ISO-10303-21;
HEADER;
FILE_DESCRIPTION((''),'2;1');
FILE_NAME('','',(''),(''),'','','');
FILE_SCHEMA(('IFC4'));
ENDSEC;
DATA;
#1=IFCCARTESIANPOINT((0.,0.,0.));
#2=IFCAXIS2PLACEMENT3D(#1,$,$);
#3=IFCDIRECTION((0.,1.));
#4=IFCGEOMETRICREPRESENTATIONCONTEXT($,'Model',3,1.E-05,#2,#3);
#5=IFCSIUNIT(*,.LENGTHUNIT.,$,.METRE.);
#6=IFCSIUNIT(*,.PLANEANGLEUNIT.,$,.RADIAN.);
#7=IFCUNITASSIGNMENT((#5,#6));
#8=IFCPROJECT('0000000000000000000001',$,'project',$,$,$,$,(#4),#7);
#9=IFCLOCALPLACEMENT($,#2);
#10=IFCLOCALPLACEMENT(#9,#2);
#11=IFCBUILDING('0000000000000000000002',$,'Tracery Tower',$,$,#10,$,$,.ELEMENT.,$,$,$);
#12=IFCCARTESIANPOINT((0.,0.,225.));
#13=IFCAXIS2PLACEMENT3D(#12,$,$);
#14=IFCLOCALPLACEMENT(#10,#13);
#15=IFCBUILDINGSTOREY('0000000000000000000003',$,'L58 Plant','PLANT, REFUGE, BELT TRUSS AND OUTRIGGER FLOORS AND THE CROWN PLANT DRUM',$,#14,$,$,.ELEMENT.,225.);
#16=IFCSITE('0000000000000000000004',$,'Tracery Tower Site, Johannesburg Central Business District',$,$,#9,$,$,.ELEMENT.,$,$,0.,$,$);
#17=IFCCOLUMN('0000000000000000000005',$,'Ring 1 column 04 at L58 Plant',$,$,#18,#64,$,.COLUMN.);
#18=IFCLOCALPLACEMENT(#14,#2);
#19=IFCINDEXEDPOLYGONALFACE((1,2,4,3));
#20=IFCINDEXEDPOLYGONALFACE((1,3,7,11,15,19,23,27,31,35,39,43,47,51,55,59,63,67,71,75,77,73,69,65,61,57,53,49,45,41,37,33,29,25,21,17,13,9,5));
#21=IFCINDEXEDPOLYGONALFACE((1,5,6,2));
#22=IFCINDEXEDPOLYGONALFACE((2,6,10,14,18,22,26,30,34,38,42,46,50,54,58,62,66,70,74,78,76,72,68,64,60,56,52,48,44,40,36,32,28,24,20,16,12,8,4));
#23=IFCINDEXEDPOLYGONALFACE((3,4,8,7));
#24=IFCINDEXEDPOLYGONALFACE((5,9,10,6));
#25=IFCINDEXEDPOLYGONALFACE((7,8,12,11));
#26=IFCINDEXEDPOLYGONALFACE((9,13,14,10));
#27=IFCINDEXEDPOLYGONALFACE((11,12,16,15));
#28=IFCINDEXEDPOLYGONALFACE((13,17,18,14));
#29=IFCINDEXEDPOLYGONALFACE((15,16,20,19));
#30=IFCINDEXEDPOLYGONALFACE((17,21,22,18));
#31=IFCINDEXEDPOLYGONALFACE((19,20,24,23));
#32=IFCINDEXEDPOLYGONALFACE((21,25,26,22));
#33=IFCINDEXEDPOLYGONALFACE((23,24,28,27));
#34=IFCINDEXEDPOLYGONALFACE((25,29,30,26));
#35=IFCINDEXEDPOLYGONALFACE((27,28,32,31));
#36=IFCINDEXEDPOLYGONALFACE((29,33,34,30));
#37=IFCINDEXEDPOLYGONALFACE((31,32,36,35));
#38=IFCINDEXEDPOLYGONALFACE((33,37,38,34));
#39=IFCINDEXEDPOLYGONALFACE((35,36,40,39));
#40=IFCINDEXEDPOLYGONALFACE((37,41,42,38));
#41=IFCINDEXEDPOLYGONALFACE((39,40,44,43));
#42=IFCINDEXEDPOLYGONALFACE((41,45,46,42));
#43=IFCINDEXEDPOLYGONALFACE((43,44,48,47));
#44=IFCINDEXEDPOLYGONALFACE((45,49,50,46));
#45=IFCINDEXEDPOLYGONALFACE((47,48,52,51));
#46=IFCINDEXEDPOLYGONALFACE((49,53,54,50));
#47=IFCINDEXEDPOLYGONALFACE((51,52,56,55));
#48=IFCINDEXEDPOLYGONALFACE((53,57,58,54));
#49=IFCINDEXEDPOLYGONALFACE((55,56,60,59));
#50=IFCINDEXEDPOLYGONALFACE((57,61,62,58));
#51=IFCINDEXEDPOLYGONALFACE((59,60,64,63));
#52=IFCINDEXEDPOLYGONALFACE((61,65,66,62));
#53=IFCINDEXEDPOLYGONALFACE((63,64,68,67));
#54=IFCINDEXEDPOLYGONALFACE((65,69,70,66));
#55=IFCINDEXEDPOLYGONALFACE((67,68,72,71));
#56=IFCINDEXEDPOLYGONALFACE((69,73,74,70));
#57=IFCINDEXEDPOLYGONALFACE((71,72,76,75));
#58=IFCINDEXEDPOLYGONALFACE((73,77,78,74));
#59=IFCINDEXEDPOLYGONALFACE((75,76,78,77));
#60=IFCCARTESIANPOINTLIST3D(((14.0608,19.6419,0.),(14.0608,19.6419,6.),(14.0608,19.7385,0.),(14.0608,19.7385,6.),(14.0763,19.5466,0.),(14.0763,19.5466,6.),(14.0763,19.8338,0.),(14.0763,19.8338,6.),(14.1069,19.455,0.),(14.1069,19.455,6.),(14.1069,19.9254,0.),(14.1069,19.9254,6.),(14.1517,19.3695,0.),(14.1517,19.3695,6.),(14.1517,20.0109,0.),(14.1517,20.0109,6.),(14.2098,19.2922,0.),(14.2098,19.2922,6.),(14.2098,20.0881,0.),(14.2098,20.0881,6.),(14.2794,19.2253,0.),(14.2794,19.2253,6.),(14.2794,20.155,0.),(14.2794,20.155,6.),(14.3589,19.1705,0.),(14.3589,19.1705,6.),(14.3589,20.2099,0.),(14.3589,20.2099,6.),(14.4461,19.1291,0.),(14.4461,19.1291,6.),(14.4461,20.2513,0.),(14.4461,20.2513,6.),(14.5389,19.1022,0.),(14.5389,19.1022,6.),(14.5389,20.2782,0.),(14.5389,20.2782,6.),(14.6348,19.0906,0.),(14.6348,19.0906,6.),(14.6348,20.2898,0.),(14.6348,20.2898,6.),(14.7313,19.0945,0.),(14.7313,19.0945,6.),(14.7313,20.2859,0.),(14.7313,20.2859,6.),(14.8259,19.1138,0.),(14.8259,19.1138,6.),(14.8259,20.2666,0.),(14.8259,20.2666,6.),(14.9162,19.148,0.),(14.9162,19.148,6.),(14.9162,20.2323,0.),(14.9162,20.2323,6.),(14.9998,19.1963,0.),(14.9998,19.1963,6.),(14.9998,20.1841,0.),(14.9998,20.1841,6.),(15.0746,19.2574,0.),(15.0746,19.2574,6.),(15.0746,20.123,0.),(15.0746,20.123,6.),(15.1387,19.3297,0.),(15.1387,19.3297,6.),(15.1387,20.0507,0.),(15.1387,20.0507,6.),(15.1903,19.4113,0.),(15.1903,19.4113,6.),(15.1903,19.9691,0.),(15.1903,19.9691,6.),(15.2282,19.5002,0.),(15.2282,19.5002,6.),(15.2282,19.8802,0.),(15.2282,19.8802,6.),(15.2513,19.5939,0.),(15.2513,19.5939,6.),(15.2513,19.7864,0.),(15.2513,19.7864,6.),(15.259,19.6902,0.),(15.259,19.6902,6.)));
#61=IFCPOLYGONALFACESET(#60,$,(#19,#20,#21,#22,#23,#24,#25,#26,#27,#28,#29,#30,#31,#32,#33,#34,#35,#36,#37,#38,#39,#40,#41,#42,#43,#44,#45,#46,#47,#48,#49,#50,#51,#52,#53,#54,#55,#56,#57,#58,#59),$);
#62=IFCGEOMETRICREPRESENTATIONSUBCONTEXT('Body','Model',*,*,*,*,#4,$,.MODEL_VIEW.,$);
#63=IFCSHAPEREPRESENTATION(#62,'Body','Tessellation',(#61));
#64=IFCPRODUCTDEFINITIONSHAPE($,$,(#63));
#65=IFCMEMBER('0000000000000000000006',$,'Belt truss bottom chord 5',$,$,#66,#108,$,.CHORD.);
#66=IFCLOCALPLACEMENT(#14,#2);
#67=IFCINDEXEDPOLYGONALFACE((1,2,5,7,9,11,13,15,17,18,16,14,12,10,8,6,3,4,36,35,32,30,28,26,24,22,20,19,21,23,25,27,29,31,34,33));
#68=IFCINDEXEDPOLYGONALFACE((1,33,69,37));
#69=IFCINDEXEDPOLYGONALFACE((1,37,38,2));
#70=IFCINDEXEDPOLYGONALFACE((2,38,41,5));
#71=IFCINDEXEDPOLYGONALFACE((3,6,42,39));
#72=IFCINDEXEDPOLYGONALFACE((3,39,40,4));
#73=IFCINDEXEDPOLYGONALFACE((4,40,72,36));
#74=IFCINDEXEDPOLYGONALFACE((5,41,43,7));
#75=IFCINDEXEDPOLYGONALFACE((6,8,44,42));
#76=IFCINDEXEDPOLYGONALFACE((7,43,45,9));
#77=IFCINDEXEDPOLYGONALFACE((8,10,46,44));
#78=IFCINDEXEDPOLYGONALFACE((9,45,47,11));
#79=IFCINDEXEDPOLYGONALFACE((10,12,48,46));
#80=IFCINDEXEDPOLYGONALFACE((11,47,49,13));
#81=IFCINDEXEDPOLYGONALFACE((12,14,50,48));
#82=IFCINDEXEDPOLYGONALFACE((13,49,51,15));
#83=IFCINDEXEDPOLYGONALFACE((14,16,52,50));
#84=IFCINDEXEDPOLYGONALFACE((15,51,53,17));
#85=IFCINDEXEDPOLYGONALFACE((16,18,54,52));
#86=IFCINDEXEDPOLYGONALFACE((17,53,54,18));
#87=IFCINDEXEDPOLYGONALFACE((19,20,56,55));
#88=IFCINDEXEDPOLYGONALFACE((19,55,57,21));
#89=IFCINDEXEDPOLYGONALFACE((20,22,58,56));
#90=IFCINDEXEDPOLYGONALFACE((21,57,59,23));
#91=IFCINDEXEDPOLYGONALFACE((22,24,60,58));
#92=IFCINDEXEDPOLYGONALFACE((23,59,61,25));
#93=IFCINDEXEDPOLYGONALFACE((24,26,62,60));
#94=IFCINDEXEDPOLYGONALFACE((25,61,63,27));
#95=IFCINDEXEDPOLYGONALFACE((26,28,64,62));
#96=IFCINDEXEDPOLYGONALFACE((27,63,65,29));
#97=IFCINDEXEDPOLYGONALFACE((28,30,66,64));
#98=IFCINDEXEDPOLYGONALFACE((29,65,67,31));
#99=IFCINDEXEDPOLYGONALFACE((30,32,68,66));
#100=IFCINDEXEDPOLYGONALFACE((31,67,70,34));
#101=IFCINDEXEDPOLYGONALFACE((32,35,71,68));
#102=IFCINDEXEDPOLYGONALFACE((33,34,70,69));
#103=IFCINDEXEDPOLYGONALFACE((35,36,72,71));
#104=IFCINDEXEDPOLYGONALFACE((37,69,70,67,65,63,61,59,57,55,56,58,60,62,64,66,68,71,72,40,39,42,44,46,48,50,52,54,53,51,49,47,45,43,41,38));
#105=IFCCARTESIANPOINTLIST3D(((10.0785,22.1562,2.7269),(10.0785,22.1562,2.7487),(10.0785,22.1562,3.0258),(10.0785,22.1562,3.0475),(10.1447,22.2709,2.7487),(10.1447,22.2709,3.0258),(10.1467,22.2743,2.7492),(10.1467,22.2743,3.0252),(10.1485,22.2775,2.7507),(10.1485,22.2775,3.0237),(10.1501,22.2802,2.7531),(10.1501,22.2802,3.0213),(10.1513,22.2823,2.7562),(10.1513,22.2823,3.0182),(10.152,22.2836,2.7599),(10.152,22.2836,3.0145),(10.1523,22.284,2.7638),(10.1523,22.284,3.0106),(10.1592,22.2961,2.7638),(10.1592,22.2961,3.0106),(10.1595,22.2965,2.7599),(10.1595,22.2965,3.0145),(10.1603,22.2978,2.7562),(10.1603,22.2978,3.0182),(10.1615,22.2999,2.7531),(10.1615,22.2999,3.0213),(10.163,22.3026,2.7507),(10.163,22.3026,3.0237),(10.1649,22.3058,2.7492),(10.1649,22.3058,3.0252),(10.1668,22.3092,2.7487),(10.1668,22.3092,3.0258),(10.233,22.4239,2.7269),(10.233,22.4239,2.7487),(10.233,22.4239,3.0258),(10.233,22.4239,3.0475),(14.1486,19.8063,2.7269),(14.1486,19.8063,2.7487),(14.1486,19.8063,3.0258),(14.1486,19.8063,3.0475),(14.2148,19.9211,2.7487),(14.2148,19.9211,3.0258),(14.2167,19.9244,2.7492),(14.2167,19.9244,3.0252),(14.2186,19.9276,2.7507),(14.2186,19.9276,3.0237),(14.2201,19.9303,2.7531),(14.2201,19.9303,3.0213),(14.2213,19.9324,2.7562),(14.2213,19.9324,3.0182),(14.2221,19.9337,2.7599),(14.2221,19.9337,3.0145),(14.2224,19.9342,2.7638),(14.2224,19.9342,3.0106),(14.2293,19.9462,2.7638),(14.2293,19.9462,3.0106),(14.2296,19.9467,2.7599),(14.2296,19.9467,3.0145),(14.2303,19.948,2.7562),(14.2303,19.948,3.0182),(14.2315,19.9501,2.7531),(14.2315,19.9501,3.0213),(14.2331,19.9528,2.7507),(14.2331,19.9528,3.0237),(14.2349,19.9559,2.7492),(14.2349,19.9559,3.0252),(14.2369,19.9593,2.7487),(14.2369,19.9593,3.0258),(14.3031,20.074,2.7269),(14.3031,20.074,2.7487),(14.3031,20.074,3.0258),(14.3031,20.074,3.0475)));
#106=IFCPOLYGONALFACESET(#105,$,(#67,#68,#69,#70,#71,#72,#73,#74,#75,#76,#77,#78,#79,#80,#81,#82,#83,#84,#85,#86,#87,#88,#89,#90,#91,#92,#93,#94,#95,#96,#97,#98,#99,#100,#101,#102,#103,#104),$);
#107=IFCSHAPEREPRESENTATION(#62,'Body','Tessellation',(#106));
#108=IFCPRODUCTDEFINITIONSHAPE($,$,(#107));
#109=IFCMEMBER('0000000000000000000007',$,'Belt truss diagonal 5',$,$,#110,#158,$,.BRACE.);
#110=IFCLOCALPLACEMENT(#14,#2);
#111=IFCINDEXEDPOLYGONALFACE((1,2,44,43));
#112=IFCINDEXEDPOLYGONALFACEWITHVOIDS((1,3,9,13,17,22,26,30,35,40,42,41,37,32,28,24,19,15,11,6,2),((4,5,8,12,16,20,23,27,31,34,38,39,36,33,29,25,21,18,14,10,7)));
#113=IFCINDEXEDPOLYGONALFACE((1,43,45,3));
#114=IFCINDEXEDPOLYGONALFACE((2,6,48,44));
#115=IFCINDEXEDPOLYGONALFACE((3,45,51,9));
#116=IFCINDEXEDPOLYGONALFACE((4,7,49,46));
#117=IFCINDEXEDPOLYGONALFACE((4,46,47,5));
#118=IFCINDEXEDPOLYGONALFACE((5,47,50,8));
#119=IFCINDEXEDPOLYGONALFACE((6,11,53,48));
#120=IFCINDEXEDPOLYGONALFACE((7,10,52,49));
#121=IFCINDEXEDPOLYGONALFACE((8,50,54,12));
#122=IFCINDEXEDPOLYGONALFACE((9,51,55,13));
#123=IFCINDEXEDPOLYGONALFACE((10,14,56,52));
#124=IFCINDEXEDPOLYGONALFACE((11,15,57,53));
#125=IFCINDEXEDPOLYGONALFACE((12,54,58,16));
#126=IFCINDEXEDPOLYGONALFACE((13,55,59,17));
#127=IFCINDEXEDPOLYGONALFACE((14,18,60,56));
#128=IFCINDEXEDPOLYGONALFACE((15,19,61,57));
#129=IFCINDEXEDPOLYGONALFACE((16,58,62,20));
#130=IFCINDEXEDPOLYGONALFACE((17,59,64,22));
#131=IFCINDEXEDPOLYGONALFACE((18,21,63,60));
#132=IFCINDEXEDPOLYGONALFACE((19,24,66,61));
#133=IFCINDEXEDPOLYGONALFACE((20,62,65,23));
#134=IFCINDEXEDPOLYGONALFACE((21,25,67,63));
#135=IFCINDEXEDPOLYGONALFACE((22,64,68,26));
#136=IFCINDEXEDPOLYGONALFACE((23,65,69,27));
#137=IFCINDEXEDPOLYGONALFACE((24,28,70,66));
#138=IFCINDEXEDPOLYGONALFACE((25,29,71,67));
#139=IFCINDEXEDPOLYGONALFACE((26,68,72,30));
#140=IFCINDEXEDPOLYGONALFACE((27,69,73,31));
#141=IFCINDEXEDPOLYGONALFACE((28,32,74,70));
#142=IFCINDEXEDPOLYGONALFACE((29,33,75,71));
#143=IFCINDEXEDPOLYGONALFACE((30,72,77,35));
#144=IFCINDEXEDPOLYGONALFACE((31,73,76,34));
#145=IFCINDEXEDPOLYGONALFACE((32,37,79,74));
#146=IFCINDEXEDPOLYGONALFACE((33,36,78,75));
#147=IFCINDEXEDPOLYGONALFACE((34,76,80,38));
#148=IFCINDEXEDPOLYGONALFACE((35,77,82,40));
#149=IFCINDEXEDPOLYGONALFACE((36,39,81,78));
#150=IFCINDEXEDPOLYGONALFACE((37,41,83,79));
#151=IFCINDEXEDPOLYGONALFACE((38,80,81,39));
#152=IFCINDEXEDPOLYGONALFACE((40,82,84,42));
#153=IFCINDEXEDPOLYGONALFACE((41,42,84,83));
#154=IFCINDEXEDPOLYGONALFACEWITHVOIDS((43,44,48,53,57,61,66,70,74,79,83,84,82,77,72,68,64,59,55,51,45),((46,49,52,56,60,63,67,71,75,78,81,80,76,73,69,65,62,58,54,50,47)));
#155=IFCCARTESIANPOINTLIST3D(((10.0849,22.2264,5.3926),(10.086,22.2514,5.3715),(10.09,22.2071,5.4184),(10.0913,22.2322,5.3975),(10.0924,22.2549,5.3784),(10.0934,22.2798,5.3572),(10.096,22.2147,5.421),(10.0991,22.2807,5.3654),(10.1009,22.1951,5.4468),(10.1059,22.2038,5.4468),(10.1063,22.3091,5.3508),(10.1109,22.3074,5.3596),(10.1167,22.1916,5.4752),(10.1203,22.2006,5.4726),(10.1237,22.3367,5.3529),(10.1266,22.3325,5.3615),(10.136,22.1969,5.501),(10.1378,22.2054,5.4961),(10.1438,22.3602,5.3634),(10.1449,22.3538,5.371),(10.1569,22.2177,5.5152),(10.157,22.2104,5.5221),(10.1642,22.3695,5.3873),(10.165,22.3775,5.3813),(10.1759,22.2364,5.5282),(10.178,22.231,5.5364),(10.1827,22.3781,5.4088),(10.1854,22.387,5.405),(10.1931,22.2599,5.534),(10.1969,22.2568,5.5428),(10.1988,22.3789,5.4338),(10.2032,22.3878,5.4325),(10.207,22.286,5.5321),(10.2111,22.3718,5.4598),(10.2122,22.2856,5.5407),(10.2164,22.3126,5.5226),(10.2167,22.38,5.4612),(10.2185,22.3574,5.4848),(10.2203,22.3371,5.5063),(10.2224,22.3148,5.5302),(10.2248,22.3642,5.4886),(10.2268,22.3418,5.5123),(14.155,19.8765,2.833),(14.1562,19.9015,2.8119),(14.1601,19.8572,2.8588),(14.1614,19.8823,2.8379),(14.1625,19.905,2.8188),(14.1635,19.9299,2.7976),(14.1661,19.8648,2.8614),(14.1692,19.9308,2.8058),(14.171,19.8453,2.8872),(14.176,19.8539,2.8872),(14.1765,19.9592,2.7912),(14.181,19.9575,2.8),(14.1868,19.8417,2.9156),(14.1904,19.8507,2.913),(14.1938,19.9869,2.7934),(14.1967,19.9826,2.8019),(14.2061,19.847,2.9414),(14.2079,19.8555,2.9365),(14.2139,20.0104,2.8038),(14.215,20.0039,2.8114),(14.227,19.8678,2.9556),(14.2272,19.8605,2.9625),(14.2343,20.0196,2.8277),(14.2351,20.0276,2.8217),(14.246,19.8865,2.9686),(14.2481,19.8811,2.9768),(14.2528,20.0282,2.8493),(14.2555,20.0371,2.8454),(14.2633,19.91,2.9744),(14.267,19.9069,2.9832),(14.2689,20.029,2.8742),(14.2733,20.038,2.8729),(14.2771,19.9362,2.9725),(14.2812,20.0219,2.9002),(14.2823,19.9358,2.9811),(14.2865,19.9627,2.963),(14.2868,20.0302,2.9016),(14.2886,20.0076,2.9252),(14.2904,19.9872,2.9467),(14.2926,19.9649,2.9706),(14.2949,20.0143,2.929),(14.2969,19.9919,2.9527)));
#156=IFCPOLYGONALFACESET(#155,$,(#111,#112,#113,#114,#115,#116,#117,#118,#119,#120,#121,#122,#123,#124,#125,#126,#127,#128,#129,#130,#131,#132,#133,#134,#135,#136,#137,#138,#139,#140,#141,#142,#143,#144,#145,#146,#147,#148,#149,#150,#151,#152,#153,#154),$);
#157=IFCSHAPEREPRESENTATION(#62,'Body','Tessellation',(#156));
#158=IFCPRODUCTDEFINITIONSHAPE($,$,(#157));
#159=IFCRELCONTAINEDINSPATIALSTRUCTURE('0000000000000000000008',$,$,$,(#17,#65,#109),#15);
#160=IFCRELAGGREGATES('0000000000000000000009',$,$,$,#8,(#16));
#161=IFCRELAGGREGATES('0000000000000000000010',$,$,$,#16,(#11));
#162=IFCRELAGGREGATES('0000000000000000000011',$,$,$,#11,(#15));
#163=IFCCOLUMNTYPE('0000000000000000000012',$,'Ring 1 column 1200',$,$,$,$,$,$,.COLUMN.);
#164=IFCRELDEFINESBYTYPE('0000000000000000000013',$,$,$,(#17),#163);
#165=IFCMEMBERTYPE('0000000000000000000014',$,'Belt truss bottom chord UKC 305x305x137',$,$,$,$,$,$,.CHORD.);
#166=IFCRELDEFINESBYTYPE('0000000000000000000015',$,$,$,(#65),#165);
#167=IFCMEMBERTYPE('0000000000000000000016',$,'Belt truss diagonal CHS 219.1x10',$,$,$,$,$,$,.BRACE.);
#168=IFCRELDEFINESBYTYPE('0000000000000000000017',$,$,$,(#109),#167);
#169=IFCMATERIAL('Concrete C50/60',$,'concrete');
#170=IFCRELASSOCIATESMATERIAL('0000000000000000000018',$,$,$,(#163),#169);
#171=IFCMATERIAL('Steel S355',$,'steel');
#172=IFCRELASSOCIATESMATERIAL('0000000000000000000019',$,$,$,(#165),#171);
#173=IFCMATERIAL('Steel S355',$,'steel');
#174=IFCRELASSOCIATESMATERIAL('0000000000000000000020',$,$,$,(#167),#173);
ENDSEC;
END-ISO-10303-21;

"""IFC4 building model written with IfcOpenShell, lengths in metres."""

from ifc_helpers import new_model, si_unit, direction, frame, origin, origin_2d, place, context, subcontext, project, spatial, circle, hollow_circle, i_section, extrude, material, material_profile, profile_set, type_object, element, save


model = new_model("IFC4")

# Units and contexts
model_context = context("Model", 3, precision=1e-05, world=origin(), true_north=direction((0.0, 1.0)))
body_context = subcontext(model_context, "Body", "Model", "MODEL_VIEW")
ifc_project = project(units=[si_unit("LENGTHUNIT", "METRE"), si_unit("PLANEANGLEUNIT", "RADIAN")], contexts=[model_context])

# Site, building, storey
site_placement = place(None, origin())
site = spatial("IfcSite", under=ifc_project, at=site_placement, Name="Tracery Tower Site, Johannesburg Central Business District", CompositionType="ELEMENT", RefElevation=0.0)
building_placement = place(site_placement, origin())
building = spatial("IfcBuilding", under=site, at=building_placement, Name="Tracery Tower", CompositionType="ELEMENT")
storey_placement = place(building_placement, frame((0.0, 0.0, 225.0)))
storey = spatial("IfcBuildingStorey", under=building, at=storey_placement, Name="L58 Plant", Description="PLANT, REFUGE, BELT TRUSS AND OUTRIGGER FLOORS AND THE CROWN PLANT DRUM", CompositionType="ELEMENT", Elevation=225.0)

# Column
ifc_material_1 = material(Name="Concrete C50/60", Category="concrete")
ifc_material_profile_1 = material_profile(ifc_material_1, circle(Radius=0.6001, at=origin_2d()), Name="RC D1200")
ifc_profile_set_1 = profile_set([ifc_material_profile_1], Name="Concrete C50/60")
column_type = type_object("IfcColumnType", Name="Ring 1 column 1200", PredefinedType="COLUMN", material=ifc_profile_set_1)
column_placement = place(storey_placement, frame((14.6589, 19.6902, 0.0), z_axis=(0.0, 0.0, 1.0), x_axis=(1.0, 0.0, 0.0)))
element("IfcColumn", 1, at=column_placement, inside=storey, type_object=column_type, Name="Ring 1 column 04 at L58 Plant", PredefinedType="COLUMN", context=body_context, shape_type="SweptSolid", body=[
    extrude(circle(Radius=0.6001, at=origin_2d()), origin(), (0.0, 0.0, 1.0), 6.0),
])

# Members
ifc_material_2 = material(Name="Steel S355", Category="steel")
ifc_material_profile_2 = material_profile(ifc_material_2, i_section(OverallWidth=0.3091, OverallDepth=0.3206, WebThickness=0.0139, FlangeThickness=0.0217, FilletRadius=0.0151, at=origin_2d()), Name="UKC 305x305x137")
ifc_profile_set_2 = profile_set([ifc_material_profile_2], Name="Steel S355")
member_type_1 = type_object("IfcMemberType", Name="Belt truss bottom chord UKC 305x305x137", PredefinedType="CHORD", material=ifc_profile_set_2)
member_1_placement = place(storey_placement, frame((14.2258, 19.9402, 2.8872), z_axis=(-0.866026, 0.5, 0.0), x_axis=(-0.5, -0.866026, 0.0)))
element("IfcMember", 2, at=member_1_placement, inside=storey, type_object=member_type_1, Name="Belt truss bottom chord 5", PredefinedType="CHORD", context=body_context, shape_type="SweptSolid", body=[
    extrude(i_section(OverallWidth=0.3091, OverallDepth=0.3206, WebThickness=0.0139, FlangeThickness=0.0217, FilletRadius=0.0151, at=origin_2d()), origin(), (0.0, 0.0, 1.0), 4.6997),
])
ifc_material_3 = material(Name="Steel S355", Category="steel")
ifc_material_profile_3 = material_profile(ifc_material_3, hollow_circle(Radius=0.1096, WallThickness=0.01, at=origin_2d()), Name="CHS 219.1x10")
ifc_profile_set_3 = profile_set([ifc_material_profile_3], Name="Steel S355")
member_type_2 = type_object("IfcMemberType", Name="Belt truss diagonal CHS 219.1x10", PredefinedType="BRACE", material=ifc_profile_set_3)
member_2_placement = place(storey_placement, frame((14.2258, 19.9402, 2.8872), z_axis=(-0.760546, 0.439101, 0.478289), x_axis=(-0.5, -0.866026, 0.0)))
element("IfcMember", 3, at=member_2_placement, inside=storey, type_object=member_type_2, Name="Belt truss diagonal 5", PredefinedType="BRACE", context=body_context, shape_type="SweptSolid", body=[
    extrude(hollow_circle(Radius=0.1096, WallThickness=0.01, at=origin_2d()), origin(), (0.0, 0.0, 1.0), 5.3516),
])

save(model, "model.ifc")
